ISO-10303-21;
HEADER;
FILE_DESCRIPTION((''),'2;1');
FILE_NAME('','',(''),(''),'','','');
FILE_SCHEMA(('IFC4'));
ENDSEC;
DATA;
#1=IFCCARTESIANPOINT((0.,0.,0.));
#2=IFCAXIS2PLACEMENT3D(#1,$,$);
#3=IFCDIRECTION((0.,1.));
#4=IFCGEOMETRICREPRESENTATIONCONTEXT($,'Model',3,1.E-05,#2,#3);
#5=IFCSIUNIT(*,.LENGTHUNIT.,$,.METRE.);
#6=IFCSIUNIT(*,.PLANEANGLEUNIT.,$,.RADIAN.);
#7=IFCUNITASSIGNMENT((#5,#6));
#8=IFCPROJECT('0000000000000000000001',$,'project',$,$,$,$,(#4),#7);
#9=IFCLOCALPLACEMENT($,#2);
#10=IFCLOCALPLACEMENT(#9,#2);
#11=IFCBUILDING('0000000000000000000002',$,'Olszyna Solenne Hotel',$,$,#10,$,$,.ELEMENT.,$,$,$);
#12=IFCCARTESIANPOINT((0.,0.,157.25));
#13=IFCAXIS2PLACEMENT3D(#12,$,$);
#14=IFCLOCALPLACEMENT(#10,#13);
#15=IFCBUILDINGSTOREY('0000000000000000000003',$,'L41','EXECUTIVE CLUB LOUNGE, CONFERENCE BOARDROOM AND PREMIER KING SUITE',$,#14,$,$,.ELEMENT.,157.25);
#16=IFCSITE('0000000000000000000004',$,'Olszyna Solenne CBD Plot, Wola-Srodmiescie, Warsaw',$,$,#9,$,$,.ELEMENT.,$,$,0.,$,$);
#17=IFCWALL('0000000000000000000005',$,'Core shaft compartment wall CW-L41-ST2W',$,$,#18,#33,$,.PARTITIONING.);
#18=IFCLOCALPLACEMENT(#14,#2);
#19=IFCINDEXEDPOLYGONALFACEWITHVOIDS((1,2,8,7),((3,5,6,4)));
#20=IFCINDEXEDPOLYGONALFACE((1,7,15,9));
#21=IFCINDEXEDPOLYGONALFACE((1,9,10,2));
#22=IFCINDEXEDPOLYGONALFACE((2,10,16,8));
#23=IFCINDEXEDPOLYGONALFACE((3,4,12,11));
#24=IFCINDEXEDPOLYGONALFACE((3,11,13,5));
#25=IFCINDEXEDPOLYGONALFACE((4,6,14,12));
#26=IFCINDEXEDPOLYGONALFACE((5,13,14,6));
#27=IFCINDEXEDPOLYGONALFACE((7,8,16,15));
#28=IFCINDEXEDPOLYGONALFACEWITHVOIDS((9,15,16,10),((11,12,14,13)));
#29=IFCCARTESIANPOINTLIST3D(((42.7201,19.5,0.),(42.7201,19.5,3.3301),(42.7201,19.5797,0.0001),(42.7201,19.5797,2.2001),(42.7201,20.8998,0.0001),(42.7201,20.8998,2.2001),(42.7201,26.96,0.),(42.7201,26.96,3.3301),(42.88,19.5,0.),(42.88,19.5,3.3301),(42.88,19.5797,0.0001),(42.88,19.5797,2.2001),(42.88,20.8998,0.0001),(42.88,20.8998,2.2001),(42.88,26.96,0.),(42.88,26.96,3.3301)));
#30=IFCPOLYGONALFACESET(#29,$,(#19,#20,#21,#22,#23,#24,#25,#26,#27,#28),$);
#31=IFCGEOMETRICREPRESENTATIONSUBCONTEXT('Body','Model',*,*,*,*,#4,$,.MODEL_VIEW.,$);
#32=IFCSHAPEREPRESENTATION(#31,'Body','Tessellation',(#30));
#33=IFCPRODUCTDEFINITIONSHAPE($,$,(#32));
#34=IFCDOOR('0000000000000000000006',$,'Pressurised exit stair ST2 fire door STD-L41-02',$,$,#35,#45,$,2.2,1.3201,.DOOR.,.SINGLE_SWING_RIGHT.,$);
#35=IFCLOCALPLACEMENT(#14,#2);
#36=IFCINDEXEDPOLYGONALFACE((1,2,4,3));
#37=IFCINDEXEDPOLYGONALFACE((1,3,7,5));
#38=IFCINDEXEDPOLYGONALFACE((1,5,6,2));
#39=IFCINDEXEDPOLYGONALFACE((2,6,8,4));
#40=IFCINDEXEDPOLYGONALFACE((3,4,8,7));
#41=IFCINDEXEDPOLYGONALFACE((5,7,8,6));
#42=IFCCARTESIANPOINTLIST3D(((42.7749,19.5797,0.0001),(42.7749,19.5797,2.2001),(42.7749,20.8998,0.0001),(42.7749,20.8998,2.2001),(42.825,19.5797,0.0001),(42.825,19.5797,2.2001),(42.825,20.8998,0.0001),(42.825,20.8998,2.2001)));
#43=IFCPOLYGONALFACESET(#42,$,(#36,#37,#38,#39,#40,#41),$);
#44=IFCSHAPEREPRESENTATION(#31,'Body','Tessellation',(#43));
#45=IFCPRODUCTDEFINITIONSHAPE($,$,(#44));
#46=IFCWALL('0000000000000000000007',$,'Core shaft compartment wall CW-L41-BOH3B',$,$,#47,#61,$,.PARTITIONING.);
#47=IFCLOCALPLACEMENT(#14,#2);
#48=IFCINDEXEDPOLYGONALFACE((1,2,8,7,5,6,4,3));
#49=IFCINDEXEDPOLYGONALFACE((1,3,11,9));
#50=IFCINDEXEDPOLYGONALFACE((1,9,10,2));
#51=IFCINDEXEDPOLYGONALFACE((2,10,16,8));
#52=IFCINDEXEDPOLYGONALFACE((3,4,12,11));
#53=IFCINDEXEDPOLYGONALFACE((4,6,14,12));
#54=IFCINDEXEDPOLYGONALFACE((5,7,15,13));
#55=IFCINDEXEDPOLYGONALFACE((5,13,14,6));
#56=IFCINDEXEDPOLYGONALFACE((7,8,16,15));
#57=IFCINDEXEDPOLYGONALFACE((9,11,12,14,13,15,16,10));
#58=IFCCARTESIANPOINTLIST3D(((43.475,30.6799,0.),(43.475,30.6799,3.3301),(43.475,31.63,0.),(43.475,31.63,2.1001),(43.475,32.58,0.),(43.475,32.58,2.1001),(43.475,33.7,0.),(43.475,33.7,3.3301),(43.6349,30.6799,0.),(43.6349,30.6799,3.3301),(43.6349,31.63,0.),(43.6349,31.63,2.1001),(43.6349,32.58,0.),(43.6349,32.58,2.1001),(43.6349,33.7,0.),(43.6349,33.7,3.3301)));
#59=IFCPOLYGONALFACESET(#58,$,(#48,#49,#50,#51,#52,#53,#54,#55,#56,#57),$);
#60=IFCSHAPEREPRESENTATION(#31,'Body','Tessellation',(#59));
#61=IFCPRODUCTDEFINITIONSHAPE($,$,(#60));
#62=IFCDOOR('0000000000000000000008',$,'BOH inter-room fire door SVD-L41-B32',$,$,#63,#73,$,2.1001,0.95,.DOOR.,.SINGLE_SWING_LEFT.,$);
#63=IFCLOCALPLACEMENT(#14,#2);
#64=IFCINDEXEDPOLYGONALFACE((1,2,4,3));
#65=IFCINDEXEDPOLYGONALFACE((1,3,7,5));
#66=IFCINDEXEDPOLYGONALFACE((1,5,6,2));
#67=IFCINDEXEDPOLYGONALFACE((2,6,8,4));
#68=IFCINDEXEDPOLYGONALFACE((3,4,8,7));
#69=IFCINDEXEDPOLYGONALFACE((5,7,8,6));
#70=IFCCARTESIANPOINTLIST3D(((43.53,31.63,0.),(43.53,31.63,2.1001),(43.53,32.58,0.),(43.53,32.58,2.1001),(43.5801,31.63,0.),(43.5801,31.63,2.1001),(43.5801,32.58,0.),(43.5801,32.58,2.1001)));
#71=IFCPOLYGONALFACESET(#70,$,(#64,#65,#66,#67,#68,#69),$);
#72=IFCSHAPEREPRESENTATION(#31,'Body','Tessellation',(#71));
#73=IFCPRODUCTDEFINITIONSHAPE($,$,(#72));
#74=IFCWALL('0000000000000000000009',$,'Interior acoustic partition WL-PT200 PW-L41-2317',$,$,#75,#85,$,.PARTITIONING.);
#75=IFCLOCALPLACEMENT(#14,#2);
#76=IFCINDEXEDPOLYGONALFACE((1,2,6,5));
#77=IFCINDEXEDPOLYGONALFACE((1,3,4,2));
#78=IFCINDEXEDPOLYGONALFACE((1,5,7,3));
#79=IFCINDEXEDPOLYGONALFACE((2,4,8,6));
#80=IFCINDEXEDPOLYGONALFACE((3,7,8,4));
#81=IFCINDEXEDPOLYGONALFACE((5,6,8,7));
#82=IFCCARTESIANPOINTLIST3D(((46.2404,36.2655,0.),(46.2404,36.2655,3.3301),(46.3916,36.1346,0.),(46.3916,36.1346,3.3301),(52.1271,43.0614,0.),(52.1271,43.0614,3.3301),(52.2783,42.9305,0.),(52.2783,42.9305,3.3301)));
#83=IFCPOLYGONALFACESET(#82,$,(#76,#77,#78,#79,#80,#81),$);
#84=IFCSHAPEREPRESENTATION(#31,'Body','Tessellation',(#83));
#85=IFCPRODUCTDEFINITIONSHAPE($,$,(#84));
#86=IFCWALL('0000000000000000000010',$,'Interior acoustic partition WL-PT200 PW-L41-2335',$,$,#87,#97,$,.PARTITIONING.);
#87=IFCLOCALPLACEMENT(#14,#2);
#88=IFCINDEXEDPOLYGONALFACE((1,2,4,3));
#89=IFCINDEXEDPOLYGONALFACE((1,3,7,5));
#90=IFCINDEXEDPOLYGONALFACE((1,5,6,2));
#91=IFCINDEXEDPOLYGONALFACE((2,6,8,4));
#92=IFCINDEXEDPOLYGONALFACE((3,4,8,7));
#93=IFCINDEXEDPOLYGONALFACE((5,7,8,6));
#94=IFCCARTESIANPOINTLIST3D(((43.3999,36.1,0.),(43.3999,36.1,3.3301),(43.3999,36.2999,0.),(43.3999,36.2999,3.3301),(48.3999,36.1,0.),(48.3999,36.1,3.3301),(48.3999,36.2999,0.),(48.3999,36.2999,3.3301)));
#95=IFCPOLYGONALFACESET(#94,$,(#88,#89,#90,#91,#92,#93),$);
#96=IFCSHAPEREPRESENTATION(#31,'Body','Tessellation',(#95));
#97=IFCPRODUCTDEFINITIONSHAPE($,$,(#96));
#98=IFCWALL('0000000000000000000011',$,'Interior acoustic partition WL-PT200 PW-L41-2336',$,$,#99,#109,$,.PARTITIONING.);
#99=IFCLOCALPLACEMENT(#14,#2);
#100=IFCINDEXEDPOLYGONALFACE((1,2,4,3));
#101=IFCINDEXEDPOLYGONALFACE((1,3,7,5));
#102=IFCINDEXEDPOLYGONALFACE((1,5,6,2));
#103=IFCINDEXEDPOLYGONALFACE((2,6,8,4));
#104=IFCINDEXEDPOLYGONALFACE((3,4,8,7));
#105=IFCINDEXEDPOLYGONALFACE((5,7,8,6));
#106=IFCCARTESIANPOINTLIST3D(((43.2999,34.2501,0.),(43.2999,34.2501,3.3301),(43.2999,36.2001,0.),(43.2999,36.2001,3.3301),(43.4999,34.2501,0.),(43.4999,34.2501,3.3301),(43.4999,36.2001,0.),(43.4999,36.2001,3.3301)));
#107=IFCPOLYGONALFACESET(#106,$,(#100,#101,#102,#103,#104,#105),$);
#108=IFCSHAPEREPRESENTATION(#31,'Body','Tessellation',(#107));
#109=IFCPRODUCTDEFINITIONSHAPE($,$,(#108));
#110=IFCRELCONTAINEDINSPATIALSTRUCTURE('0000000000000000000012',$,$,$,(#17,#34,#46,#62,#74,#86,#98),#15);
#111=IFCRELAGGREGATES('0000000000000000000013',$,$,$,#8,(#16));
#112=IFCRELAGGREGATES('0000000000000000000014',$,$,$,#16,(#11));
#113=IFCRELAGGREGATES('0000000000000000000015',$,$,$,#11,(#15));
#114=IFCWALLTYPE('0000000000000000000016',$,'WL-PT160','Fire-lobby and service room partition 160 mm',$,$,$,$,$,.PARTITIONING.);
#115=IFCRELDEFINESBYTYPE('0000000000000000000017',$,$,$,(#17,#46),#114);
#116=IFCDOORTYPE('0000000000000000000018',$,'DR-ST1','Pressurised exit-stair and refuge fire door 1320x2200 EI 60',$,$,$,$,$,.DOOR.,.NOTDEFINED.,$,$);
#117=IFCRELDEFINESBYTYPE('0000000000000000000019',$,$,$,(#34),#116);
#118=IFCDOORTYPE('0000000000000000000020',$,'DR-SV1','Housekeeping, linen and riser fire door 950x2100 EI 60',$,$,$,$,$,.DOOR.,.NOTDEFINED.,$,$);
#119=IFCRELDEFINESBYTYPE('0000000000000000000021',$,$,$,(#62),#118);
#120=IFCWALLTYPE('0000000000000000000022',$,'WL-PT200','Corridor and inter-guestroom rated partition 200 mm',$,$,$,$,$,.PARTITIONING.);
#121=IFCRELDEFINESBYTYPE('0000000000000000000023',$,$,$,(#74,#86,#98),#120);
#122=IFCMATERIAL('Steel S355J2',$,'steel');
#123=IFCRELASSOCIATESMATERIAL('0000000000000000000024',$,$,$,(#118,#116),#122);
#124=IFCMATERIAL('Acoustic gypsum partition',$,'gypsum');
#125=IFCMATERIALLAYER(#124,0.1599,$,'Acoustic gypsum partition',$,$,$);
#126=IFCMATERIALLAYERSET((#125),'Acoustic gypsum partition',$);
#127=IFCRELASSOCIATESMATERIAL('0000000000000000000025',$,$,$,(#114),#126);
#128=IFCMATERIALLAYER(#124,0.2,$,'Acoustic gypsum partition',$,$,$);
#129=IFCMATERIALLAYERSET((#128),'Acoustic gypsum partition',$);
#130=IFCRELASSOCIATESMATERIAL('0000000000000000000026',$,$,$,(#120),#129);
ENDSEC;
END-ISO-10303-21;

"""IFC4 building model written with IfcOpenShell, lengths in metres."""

from ifc_helpers import new_model, si_unit, direction, frame, frame_2d, origin, place, context, subcontext, project, spatial, rectangle, extrude, source, transform, mapped, material, layer, layer_set, type_object, type_shapes, element, fill, save


model = new_model("IFC4")

# Units and contexts
model_context = context("Model", 3, precision=1e-05, world=origin(), true_north=direction((0.0, 1.0)))
body_context = subcontext(model_context, "Body", "Model", "MODEL_VIEW")
ifc_project = project(units=[si_unit("LENGTHUNIT", "METRE"), si_unit("PLANEANGLEUNIT", "RADIAN")], contexts=[model_context])

# Site, building, storey
site_placement = place(None, origin())
site = spatial("IfcSite", under=ifc_project, at=site_placement, Name="Olszyna Solenne CBD Plot, Wola-Srodmiescie, Warsaw", CompositionType="ELEMENT", RefElevation=0.0)
building_placement = place(site_placement, origin())
building = spatial("IfcBuilding", under=site, at=building_placement, Name="Olszyna Solenne Hotel", CompositionType="ELEMENT")
storey_placement = place(building_placement, frame((0.0, 0.0, 157.25)))
storey = spatial("IfcBuildingStorey", under=building, at=storey_placement, Name="L41", Description="EXECUTIVE CLUB LOUNGE, CONFERENCE BOARDROOM AND PREMIER KING SUITE", CompositionType="ELEMENT", Elevation=157.25)

# Shared definitions
ifc_material_1 = material(Name="Steel S355J2", Category="steel")

# Shared definitions
door_type_1 = type_object("IfcDoorType", Name="DR-SV1", Description="Housekeeping, linen and riser fire door 950x2100 EI 60", OperationType="NOTDEFINED", PredefinedType="DOOR", material=ifc_material_1)
shared_shape_1 = source(origin(), body_context, "Body", "SweptSolid", [
    extrude(rectangle(XDim=0.95, YDim=2.1001, at=frame_2d((0.4751, 1.05))), frame((0.0, 0.0249, 0.0), z_axis=(0.0, -1.0, 0.0), x_axis=(1.0, 0.0, 0.0)), (0.0, 0.0, 1.0), 0.05),
])
type_shapes(door_type_1, [shared_shape_1])

# Shared definitions
ifc_material_2 = material(Name="Acoustic gypsum partition", Category="gypsum")

# Walls, openings, doors
ifc_layer_1 = layer(ifc_material_2, 0.1599, Name="Acoustic gypsum partition")
ifc_layer_set_1 = layer_set([ifc_layer_1], Name="Acoustic gypsum partition")
wall_type_1 = type_object("IfcWallType", Name="WL-PT160", Description="Fire-lobby and service room partition 160 mm", PredefinedType="PARTITIONING", material=ifc_layer_set_1)
wall_1_placement = place(storey_placement, frame((42.8, 26.96, 0.0), z_axis=(0.0, 0.0, 1.0), x_axis=(0.0, -1.0, 0.0)))
wall_1 = element("IfcWall", 1, at=wall_1_placement, inside=storey, type_object=wall_type_1, Name="Core shaft compartment wall CW-L41-ST2W", PredefinedType="PARTITIONING", context=body_context, shape_type="SweptSolid", body=[
    extrude(rectangle(XDim=7.46, YDim=0.1599, at=frame_2d((3.73, 0.0))), origin(), (0.0, 0.0, 1.0), 3.3301),
])
opening_1_placement = place(wall_1_placement, frame((6.0601, 0.0, 0.0)))
opening_1 = element("IfcOpeningElement", 2, at=opening_1_placement, cuts=wall_1, PredefinedType="OPENING", context=body_context, shape_type="SweptSolid", body=[
    extrude(rectangle(XDim=1.3201, YDim=2.2, at=frame_2d((0.6602, 1.1001))), frame((0.0, 0.0898, 0.0), z_axis=(0.0, -1.0, 0.0), x_axis=(1.0, 0.0, 0.0)), (0.0, 0.0, 1.0), 0.1799),
])
door_type_2 = type_object("IfcDoorType", Name="DR-ST1", Description="Pressurised exit-stair and refuge fire door 1320x2200 EI 60", OperationType="NOTDEFINED", PredefinedType="DOOR", material=ifc_material_1)
shared_shape_2 = source(origin(), body_context, "Body", "SweptSolid", [
    extrude(rectangle(XDim=1.3201, YDim=2.2, at=frame_2d((0.6602, 1.1001))), frame((0.0, 0.0249, 0.0), z_axis=(0.0, -1.0, 0.0), x_axis=(1.0, 0.0, 0.0)), (0.0, 0.0, 1.0), 0.05),
])
type_shapes(door_type_2, [shared_shape_2])
door_1_placement = place(opening_1_placement, origin())
door_1 = element("IfcDoor", 3, at=door_1_placement, inside=storey, type_object=door_type_2, Name="Pressurised exit stair ST2 fire door STD-L41-02", OperationType="SINGLE_SWING_RIGHT", OverallHeight=2.2, OverallWidth=1.3201, PredefinedType="DOOR", context=body_context, shape_type="MappedRepresentation", body=[
    mapped(shared_shape_2, transform((0.0, 0.0, 0.0), x_axis=(1.0, 0.0, 0.0), y_axis=(0.0, 1.0, 0.0), z_axis=(0.0, 0.0, 1.0), scale=1.0)),
])
fill(opening_1, door_1)
wall_2_placement = place(storey_placement, frame((43.5549, 30.6799, 0.0), z_axis=(0.0, 0.0, 1.0), x_axis=(0.0, 1.0, 0.0)))
wall_2 = element("IfcWall", 4, at=wall_2_placement, inside=storey, type_object=wall_type_1, Name="Core shaft compartment wall CW-L41-BOH3B", PredefinedType="PARTITIONING", context=body_context, shape_type="SweptSolid", body=[
    extrude(rectangle(XDim=3.02, YDim=0.1599, at=frame_2d((1.51, 0.0))), origin(), (0.0, 0.0, 1.0), 3.3301),
])
opening_2_placement = place(wall_2_placement, frame((0.95, 0.0, 0.0)))
opening_2 = element("IfcOpeningElement", 5, at=opening_2_placement, cuts=wall_2, PredefinedType="OPENING", context=body_context, shape_type="SweptSolid", body=[
    extrude(rectangle(XDim=0.95, YDim=2.1001, at=frame_2d((0.4751, 1.05))), frame((0.0, 0.0898, 0.0), z_axis=(0.0, -1.0, 0.0), x_axis=(1.0, 0.0, 0.0)), (0.0, 0.0, 1.0), 0.1799),
])
door_2_placement = place(opening_2_placement, origin())
door_2 = element("IfcDoor", 6, at=door_2_placement, inside=storey, type_object=door_type_1, Name="BOH inter-room fire door SVD-L41-B32", OperationType="SINGLE_SWING_LEFT", OverallHeight=2.1001, OverallWidth=0.95, PredefinedType="DOOR", context=body_context, shape_type="MappedRepresentation", body=[
    mapped(shared_shape_1, transform((0.0, 0.0, 0.0), x_axis=(1.0, 0.0, 0.0), y_axis=(0.0, 1.0, 0.0), z_axis=(0.0, 0.0, 1.0), scale=1.0)),
])
fill(opening_2, door_2)

# Walls
ifc_layer_2 = layer(ifc_material_2, 0.2, Name="Acoustic gypsum partition")
ifc_layer_set_2 = layer_set([ifc_layer_2], Name="Acoustic gypsum partition")
wall_type_2 = type_object("IfcWallType", Name="WL-PT200", Description="Corridor and inter-guestroom rated partition 200 mm", PredefinedType="PARTITIONING", material=ifc_layer_set_2)
wall_3_placement = place(storey_placement, frame((46.3159, 36.2, 0.0), z_axis=(0.0, 0.0, 1.0), x_axis=(0.654736, 0.755857, 0.0)))
element("IfcWall", 7, at=wall_3_placement, inside=storey, type_object=wall_type_2, Name="Interior acoustic partition WL-PT200 PW-L41-2317", PredefinedType="PARTITIONING", context=body_context, shape_type="SweptSolid", body=[
    extrude(rectangle(XDim=8.991, YDim=0.2, at=frame_2d((4.4956, 0.0))), origin(), (0.0, 0.0, 1.0), 3.3301),
])
wall_4_placement = place(storey_placement, frame((43.3999, 36.2, 0.0), z_axis=(0.0, 0.0, 1.0), x_axis=(1.0, 0.0, 0.0)))
element("IfcWall", 8, at=wall_4_placement, inside=storey, type_object=wall_type_2, Name="Interior acoustic partition WL-PT200 PW-L41-2335", PredefinedType="PARTITIONING", context=body_context, shape_type="SweptSolid", body=[
    extrude(rectangle(XDim=5.0, YDim=0.2, at=frame_2d((2.5, 0.0))), origin(), (0.0, 0.0, 1.0), 3.3301),
])
wall_5_placement = place(storey_placement, frame((43.3999, 34.25, 0.0), z_axis=(0.0, 0.0, 1.0), x_axis=(0.0, 1.0, 0.0)))
element("IfcWall", 9, at=wall_5_placement, inside=storey, type_object=wall_type_2, Name="Interior acoustic partition WL-PT200 PW-L41-2336", PredefinedType="PARTITIONING", context=body_context, shape_type="SweptSolid", body=[
    extrude(rectangle(XDim=1.95, YDim=0.2, at=frame_2d((0.9751, 0.0))), origin(), (0.0, 0.0, 1.0), 3.3301),
])

save(model, "model.ifc")
